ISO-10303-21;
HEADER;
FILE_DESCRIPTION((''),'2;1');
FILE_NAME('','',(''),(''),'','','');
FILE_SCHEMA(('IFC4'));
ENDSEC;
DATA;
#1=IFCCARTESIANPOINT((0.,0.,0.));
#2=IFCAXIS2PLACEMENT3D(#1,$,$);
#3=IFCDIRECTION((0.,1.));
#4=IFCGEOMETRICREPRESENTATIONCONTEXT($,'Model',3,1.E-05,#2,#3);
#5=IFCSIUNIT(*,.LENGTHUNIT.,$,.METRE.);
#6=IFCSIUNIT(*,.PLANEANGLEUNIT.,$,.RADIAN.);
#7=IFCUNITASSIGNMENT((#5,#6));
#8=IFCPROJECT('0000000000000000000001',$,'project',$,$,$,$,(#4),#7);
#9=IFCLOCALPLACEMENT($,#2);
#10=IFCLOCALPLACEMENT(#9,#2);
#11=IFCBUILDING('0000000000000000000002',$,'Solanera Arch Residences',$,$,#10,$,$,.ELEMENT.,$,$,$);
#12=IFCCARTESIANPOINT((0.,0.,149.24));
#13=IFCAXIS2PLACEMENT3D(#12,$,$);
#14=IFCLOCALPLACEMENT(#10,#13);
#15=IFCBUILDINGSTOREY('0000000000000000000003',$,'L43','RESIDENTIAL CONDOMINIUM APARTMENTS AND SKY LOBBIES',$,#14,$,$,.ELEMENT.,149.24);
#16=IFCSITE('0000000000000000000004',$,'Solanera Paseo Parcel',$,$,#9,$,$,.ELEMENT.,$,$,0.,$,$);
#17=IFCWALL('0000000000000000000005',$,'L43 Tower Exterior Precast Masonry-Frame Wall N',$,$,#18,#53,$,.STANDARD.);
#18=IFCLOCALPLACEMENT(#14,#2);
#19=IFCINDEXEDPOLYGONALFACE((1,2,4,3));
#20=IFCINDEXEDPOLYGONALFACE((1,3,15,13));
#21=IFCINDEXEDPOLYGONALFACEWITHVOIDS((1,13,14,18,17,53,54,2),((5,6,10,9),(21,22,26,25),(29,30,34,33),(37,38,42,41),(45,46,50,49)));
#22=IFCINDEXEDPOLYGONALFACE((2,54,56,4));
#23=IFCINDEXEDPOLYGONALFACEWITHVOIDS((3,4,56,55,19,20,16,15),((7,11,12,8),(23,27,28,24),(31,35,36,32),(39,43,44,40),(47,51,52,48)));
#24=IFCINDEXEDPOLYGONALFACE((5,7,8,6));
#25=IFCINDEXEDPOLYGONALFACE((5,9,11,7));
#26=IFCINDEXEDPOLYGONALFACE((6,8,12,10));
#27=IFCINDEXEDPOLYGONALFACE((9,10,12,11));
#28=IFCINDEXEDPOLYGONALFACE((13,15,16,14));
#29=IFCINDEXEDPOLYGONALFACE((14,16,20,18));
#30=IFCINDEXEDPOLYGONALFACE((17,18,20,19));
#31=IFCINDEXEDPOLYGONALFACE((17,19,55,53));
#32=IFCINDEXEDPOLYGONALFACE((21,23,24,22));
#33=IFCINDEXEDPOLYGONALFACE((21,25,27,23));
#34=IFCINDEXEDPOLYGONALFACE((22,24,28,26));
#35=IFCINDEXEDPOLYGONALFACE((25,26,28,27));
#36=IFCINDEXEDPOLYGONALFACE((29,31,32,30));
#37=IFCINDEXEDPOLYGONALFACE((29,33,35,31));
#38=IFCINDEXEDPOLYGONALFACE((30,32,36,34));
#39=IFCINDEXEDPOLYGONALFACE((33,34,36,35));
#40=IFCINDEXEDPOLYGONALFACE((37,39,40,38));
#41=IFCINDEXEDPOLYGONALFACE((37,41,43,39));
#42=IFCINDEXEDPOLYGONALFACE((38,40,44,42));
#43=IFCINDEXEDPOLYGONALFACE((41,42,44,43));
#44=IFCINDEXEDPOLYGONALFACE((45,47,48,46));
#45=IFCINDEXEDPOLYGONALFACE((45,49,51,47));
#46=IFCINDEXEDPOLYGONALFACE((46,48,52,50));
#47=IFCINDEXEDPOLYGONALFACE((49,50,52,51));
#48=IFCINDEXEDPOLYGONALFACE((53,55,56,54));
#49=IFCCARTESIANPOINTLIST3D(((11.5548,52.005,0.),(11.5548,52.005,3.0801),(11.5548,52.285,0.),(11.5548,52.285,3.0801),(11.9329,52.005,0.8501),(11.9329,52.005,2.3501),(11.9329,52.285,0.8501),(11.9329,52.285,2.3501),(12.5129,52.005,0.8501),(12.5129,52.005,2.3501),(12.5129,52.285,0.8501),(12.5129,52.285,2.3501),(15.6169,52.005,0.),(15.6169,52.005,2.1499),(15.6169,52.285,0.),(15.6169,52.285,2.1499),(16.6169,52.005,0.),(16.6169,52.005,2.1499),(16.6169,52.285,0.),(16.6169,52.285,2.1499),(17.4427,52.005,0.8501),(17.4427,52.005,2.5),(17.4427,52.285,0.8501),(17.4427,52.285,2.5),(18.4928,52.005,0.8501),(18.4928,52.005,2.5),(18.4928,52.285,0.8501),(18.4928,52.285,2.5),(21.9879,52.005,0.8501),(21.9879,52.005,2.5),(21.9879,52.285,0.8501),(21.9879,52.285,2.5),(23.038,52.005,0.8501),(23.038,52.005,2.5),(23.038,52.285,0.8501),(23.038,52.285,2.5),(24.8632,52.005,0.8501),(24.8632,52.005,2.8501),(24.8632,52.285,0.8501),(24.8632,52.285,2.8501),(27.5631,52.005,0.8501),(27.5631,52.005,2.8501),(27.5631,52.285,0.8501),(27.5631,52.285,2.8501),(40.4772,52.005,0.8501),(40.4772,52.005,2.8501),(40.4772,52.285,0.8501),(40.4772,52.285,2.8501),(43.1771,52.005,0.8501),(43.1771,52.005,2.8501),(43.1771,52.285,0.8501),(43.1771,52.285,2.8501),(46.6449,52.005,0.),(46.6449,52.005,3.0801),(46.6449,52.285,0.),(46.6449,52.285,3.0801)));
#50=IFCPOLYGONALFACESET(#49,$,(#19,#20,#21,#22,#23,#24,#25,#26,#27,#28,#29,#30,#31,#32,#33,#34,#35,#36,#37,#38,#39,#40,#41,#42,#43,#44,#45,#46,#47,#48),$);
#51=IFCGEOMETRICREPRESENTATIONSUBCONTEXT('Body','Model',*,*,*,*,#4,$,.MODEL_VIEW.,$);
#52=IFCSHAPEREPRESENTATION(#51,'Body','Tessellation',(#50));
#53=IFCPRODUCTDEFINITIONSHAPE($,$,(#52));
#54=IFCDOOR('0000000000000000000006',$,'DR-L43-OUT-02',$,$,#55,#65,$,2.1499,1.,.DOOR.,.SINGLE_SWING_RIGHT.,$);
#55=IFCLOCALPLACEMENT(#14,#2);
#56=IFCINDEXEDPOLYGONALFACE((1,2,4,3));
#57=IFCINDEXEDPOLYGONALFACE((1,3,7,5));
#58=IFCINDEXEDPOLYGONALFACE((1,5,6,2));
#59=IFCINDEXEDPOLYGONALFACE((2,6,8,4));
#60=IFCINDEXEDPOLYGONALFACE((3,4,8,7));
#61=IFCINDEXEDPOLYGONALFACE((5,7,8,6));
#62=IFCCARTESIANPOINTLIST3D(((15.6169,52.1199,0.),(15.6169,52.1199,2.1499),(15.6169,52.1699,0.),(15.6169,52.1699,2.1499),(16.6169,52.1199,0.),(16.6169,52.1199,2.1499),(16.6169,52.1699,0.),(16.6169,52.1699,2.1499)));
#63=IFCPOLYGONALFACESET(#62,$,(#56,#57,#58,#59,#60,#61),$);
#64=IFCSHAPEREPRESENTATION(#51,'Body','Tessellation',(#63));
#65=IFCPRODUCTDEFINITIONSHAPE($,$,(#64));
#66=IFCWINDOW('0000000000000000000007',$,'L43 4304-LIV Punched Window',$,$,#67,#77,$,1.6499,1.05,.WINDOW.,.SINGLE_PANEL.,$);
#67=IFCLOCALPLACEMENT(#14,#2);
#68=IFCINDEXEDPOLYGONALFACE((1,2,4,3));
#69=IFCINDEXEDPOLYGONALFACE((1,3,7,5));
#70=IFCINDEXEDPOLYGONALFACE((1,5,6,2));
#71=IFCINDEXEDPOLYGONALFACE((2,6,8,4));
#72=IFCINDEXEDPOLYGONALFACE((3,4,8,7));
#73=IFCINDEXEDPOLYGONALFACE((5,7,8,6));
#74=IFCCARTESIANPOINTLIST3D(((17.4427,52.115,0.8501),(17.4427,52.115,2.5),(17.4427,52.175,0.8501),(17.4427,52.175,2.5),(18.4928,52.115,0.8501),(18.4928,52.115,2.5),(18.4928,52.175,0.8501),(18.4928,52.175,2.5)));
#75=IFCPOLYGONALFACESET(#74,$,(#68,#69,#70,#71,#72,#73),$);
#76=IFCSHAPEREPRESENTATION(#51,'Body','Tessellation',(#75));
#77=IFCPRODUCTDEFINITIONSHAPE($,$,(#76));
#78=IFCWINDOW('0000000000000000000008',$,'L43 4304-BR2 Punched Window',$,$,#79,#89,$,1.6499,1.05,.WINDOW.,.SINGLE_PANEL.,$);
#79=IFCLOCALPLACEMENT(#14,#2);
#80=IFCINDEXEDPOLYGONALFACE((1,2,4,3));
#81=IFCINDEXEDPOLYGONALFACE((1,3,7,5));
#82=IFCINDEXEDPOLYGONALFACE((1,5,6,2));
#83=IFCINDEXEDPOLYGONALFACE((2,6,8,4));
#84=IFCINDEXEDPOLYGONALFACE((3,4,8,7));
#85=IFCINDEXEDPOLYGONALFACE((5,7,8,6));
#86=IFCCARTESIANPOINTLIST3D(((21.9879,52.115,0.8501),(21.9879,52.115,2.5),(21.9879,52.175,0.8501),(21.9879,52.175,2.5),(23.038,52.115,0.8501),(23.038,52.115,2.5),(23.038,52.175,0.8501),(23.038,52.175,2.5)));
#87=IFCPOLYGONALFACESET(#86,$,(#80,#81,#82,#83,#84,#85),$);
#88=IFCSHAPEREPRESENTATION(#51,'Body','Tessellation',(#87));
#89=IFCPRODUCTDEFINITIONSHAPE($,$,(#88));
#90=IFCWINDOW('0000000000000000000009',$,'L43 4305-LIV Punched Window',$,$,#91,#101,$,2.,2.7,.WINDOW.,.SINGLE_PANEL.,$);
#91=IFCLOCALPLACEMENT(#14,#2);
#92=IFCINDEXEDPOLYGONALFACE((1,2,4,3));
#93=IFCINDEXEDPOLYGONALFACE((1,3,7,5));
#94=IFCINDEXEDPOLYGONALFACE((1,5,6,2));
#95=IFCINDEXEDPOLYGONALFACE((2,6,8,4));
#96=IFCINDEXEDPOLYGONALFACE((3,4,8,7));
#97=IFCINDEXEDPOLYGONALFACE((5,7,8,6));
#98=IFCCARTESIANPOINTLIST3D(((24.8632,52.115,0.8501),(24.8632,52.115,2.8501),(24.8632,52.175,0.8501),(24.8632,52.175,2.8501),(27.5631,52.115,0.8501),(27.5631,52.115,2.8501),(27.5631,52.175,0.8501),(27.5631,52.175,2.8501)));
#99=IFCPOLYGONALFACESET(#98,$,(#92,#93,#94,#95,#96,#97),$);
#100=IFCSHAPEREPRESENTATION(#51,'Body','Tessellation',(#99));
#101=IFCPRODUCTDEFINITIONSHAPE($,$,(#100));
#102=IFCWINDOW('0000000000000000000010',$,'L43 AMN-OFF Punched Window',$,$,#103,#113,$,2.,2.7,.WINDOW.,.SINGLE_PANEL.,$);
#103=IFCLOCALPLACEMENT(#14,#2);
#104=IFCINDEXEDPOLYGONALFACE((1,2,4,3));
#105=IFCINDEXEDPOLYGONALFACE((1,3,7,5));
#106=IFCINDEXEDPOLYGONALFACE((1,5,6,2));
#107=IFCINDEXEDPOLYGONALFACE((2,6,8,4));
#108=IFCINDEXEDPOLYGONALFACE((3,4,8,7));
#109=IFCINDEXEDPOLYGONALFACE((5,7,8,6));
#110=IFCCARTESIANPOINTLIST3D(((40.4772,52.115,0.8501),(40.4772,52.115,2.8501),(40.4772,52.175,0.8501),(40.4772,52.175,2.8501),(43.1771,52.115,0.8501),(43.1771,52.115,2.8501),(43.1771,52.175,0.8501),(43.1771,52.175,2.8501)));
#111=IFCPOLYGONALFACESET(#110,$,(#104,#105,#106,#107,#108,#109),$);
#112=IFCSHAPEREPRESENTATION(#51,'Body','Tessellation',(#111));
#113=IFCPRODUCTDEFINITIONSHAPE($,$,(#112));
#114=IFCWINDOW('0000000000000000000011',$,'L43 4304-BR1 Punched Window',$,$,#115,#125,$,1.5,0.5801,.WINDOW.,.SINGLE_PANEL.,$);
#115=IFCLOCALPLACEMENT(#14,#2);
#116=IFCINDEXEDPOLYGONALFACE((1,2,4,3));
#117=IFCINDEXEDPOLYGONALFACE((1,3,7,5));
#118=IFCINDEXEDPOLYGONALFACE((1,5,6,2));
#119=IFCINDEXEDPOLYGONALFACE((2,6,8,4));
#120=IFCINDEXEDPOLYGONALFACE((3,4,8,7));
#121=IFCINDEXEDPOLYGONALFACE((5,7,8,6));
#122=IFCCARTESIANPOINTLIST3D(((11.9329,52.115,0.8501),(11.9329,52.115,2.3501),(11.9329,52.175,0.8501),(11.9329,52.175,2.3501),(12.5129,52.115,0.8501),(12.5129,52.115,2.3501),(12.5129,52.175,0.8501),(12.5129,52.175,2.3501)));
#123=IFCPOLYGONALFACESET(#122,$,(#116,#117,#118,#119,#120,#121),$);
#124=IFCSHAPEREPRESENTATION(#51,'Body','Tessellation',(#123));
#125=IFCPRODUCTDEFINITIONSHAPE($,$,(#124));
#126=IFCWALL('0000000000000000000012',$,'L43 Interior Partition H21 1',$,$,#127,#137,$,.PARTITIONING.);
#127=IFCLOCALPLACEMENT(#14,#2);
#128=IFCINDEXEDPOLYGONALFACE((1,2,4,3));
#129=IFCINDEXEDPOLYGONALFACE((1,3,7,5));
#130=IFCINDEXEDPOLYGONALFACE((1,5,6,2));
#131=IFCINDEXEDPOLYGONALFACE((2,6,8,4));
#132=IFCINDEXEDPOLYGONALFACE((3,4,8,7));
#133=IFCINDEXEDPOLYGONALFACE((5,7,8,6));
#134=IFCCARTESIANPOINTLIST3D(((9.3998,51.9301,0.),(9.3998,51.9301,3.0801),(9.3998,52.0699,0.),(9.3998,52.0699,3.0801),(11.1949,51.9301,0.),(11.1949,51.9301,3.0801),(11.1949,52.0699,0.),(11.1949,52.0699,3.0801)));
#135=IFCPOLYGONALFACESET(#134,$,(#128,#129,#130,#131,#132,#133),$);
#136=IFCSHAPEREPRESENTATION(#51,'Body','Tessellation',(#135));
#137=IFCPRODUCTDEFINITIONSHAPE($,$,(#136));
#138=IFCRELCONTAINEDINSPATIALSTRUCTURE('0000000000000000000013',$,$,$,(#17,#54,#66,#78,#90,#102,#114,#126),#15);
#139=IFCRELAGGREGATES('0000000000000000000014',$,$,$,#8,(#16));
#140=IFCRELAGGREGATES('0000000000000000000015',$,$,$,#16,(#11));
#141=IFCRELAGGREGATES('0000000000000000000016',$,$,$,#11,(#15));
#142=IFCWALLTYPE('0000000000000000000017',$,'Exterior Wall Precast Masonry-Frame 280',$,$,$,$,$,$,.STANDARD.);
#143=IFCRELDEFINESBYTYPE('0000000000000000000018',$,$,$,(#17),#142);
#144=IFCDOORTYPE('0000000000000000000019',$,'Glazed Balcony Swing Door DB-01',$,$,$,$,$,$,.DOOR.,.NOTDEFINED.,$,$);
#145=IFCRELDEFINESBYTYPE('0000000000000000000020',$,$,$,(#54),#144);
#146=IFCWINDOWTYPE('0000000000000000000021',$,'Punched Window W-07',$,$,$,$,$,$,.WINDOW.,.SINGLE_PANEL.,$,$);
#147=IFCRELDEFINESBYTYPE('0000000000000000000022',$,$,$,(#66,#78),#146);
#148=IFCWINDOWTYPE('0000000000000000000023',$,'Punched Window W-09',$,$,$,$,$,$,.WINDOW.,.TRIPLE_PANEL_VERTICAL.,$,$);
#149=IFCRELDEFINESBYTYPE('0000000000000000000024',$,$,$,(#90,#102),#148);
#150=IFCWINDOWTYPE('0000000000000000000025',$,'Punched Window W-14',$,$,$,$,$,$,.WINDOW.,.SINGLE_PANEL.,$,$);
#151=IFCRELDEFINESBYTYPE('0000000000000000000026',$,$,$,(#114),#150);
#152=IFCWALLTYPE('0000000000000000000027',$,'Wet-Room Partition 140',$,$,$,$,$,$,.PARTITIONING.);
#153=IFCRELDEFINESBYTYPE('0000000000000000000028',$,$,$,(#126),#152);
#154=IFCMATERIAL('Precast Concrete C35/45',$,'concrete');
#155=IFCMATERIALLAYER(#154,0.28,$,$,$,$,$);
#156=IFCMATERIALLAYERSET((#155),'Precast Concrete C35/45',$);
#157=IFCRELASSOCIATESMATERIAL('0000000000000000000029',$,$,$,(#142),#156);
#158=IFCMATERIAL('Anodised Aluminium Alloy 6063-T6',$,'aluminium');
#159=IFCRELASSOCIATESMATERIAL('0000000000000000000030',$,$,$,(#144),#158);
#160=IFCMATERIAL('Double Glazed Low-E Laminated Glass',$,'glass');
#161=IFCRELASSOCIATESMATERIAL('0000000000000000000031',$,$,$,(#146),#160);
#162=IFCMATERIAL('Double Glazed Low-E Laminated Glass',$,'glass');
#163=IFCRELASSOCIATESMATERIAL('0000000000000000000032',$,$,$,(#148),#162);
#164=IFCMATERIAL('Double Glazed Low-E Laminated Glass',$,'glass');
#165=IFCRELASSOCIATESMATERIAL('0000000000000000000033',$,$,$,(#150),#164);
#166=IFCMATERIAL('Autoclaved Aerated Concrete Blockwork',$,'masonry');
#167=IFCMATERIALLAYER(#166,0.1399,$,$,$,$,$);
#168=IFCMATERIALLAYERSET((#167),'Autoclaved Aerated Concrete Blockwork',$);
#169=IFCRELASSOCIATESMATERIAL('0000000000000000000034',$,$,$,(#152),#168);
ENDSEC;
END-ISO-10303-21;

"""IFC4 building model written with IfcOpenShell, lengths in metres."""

from ifc_helpers import new_model, si_unit, direction, frame, frame_2d, origin, place, context, subcontext, project, spatial, rectangle, extrude, material, layer, layer_set, type_object, element, fill, save


model = new_model("IFC4")

# Units and contexts
model_context = context("Model", 3, precision=1e-05, world=origin(), true_north=direction((0.0, 1.0)))
body_context = subcontext(model_context, "Body", "Model", "MODEL_VIEW")
ifc_project = project(units=[si_unit("LENGTHUNIT", "METRE"), si_unit("PLANEANGLEUNIT", "RADIAN")], contexts=[model_context])

# Site, building, storey
site_placement = place(None, origin())
site = spatial("IfcSite", under=ifc_project, at=site_placement, Name="Solanera Paseo Parcel", CompositionType="ELEMENT", RefElevation=0.0)
building_placement = place(site_placement, origin())
building = spatial("IfcBuilding", under=site, at=building_placement, Name="Solanera Arch Residences", CompositionType="ELEMENT")
storey_placement = place(building_placement, frame((0.0, 0.0, 149.24)))
storey = spatial("IfcBuildingStorey", under=building, at=storey_placement, Name="L43", Description="RESIDENTIAL CONDOMINIUM APARTMENTS AND SKY LOBBIES", CompositionType="ELEMENT", Elevation=149.24)

# Shared definitions
ifc_material_1 = material(Name="Precast Concrete C35/45", Category="concrete")
ifc_layer_1 = layer(ifc_material_1, 0.28)
ifc_layer_set_1 = layer_set([ifc_layer_1], Name="Precast Concrete C35/45")
wall_type_1 = type_object("IfcWallType", Name="Exterior Wall Precast Masonry-Frame 280", PredefinedType="STANDARD", material=ifc_layer_set_1)

# Wall, openings, door, windows
wall_1_placement = place(storey_placement, frame((11.5549, 52.145, 0.0), z_axis=(0.0, 0.0, 1.0), x_axis=(1.0, 0.0, 0.0)))
wall_1 = element("IfcWall", 1, at=wall_1_placement, inside=storey, type_object=wall_type_1, Name="L43 Tower Exterior Precast Masonry-Frame Wall N", PredefinedType="STANDARD", context=body_context, shape_type="SweptSolid", body=[
    extrude(rectangle(XDim=35.0901, YDim=0.28, at=frame_2d((17.5449, 0.0))), origin(), (0.0, 0.0, 1.0), 3.0801),
])
opening_1_placement = place(wall_1_placement, frame((4.062, 0.0, 0.0)))
opening_1 = element("IfcOpeningElement", 2, at=opening_1_placement, cuts=wall_1, PredefinedType="OPENING", context=body_context, shape_type="SweptSolid", body=[
    extrude(rectangle(XDim=1.0, YDim=2.1499, at=frame_2d((0.5, 1.075))), frame((0.0, 0.1499, 0.0), z_axis=(0.0, -1.0, 0.0), x_axis=(1.0, 0.0, 0.0)), (0.0, 0.0, 1.0), 0.3),
])
opening_2_placement = place(wall_1_placement, frame((5.8879, 0.0, 0.8501)))
opening_2 = element("IfcOpeningElement", 3, at=opening_2_placement, cuts=wall_1, PredefinedType="OPENING", context=body_context, shape_type="SweptSolid", body=[
    extrude(rectangle(XDim=1.05, YDim=1.6499, at=frame_2d((0.5249, 0.825))), frame((0.0, 0.1499, 0.0), z_axis=(0.0, -1.0, 0.0), x_axis=(1.0, 0.0, 0.0)), (0.0, 0.0, 1.0), 0.3),
])
opening_3_placement = place(wall_1_placement, frame((0.3779, 0.0, 0.8501)))
opening_3 = element("IfcOpeningElement", 4, at=opening_3_placement, cuts=wall_1, PredefinedType="OPENING", context=body_context, shape_type="SweptSolid", body=[
    extrude(rectangle(XDim=0.5801, YDim=1.5, at=frame_2d((0.29, 0.75))), frame((0.0, 0.1499, 0.0), z_axis=(0.0, -1.0, 0.0), x_axis=(1.0, 0.0, 0.0)), (0.0, 0.0, 1.0), 0.3),
])
opening_4_placement = place(wall_1_placement, frame((10.4331, 0.0, 0.8501)))
opening_4 = element("IfcOpeningElement", 5, at=opening_4_placement, cuts=wall_1, PredefinedType="OPENING", context=body_context, shape_type="SweptSolid", body=[
    extrude(rectangle(XDim=1.05, YDim=1.6499, at=frame_2d((0.5249, 0.825))), frame((0.0, 0.1499, 0.0), z_axis=(0.0, -1.0, 0.0), x_axis=(1.0, 0.0, 0.0)), (0.0, 0.0, 1.0), 0.3),
])
opening_5_placement = place(wall_1_placement, frame((13.3081, 0.0, 0.8501)))
opening_5 = element("IfcOpeningElement", 6, at=opening_5_placement, cuts=wall_1, PredefinedType="OPENING", context=body_context, shape_type="SweptSolid", body=[
    extrude(rectangle(XDim=2.7, YDim=2.0, at=frame_2d((1.3501, 1.0))), frame((0.0, 0.1499, 0.0), z_axis=(0.0, -1.0, 0.0), x_axis=(1.0, 0.0, 0.0)), (0.0, 0.0, 1.0), 0.3),
])
opening_6_placement = place(wall_1_placement, frame((28.9221, 0.0, 0.8501)))
opening_6 = element("IfcOpeningElement", 7, at=opening_6_placement, cuts=wall_1, PredefinedType="OPENING", context=body_context, shape_type="SweptSolid", body=[
    extrude(rectangle(XDim=2.7, YDim=2.0, at=frame_2d((1.3501, 1.0))), frame((0.0, 0.1499, 0.0), z_axis=(0.0, -1.0, 0.0), x_axis=(1.0, 0.0, 0.0)), (0.0, 0.0, 1.0), 0.3),
])
ifc_material_2 = material(Name="Anodised Aluminium Alloy 6063-T6", Category="aluminium")
door_type = type_object("IfcDoorType", Name="Glazed Balcony Swing Door DB-01", OperationType="NOTDEFINED", PredefinedType="DOOR", material=ifc_material_2)
door_placement = place(opening_1_placement, origin())
door = element("IfcDoor", 8, at=door_placement, inside=storey, type_object=door_type, Name="DR-L43-OUT-02", OperationType="SINGLE_SWING_RIGHT", OverallHeight=2.1499, OverallWidth=1.0, PredefinedType="DOOR", context=body_context, shape_type="SweptSolid", body=[
    extrude(rectangle(XDim=1.0, YDim=2.1499, at=frame_2d((0.5, 1.075))), frame((0.0, 0.0249, 0.0), z_axis=(0.0, -1.0, 0.0), x_axis=(1.0, 0.0, 0.0)), (0.0, 0.0, 1.0), 0.05),
])
fill(opening_1, door)
ifc_material_3 = material(Name="Double Glazed Low-E Laminated Glass", Category="glass")
window_type_1 = type_object("IfcWindowType", Name="Punched Window W-07", PartitioningType="SINGLE_PANEL", PredefinedType="WINDOW", material=ifc_material_3)
window_1_placement = place(opening_2_placement, origin())
window_1 = element("IfcWindow", 9, at=window_1_placement, inside=storey, type_object=window_type_1, Name="L43 4304-LIV Punched Window", OverallHeight=1.6499, OverallWidth=1.05, PartitioningType="SINGLE_PANEL", PredefinedType="WINDOW", context=body_context, shape_type="SweptSolid", body=[
    extrude(rectangle(XDim=1.05, YDim=1.6499, at=frame_2d((0.5249, 0.825))), frame((0.0, 0.03, 0.0), z_axis=(0.0, -1.0, 0.0), x_axis=(1.0, 0.0, 0.0)), (0.0, 0.0, 1.0), 0.0601),
])
fill(opening_2, window_1)
window_2_placement = place(opening_4_placement, origin())
window_2 = element("IfcWindow", 10, at=window_2_placement, inside=storey, type_object=window_type_1, Name="L43 4304-BR2 Punched Window", OverallHeight=1.6499, OverallWidth=1.05, PartitioningType="SINGLE_PANEL", PredefinedType="WINDOW", context=body_context, shape_type="SweptSolid", body=[
    extrude(rectangle(XDim=1.05, YDim=1.6499, at=frame_2d((0.5249, 0.825))), frame((0.0, 0.03, 0.0), z_axis=(0.0, -1.0, 0.0), x_axis=(1.0, 0.0, 0.0)), (0.0, 0.0, 1.0), 0.0601),
])
fill(opening_4, window_2)
ifc_material_4 = material(Name="Double Glazed Low-E Laminated Glass", Category="glass")
window_type_2 = type_object("IfcWindowType", Name="Punched Window W-09", PartitioningType="TRIPLE_PANEL_VERTICAL", PredefinedType="WINDOW", material=ifc_material_4)
window_3_placement = place(opening_5_placement, origin())
window_3 = element("IfcWindow", 11, at=window_3_placement, inside=storey, type_object=window_type_2, Name="L43 4305-LIV Punched Window", OverallHeight=2.0, OverallWidth=2.7, PartitioningType="SINGLE_PANEL", PredefinedType="WINDOW", context=body_context, shape_type="SweptSolid", body=[
    extrude(rectangle(XDim=2.7, YDim=2.0, at=frame_2d((1.3501, 1.0))), frame((0.0, 0.03, 0.0), z_axis=(0.0, -1.0, 0.0), x_axis=(1.0, 0.0, 0.0)), (0.0, 0.0, 1.0), 0.0601),
])
fill(opening_5, window_3)
window_4_placement = place(opening_6_placement, origin())
window_4 = element("IfcWindow", 12, at=window_4_placement, inside=storey, type_object=window_type_2, Name="L43 AMN-OFF Punched Window", OverallHeight=2.0, OverallWidth=2.7, PartitioningType="SINGLE_PANEL", PredefinedType="WINDOW", context=body_context, shape_type="SweptSolid", body=[
    extrude(rectangle(XDim=2.7, YDim=2.0, at=frame_2d((1.3501, 1.0))), frame((0.0, 0.03, 0.0), z_axis=(0.0, -1.0, 0.0), x_axis=(1.0, 0.0, 0.0)), (0.0, 0.0, 1.0), 0.0601),
])
fill(opening_6, window_4)
ifc_material_5 = material(Name="Double Glazed Low-E Laminated Glass", Category="glass")
window_type_3 = type_object("IfcWindowType", Name="Punched Window W-14", PartitioningType="SINGLE_PANEL", PredefinedType="WINDOW", material=ifc_material_5)
window_5_placement = place(opening_3_placement, origin())
window_5 = element("IfcWindow", 13, at=window_5_placement, inside=storey, type_object=window_type_3, Name="L43 4304-BR1 Punched Window", OverallHeight=1.5, OverallWidth=0.5801, PartitioningType="SINGLE_PANEL", PredefinedType="WINDOW", context=body_context, shape_type="SweptSolid", body=[
    extrude(rectangle(XDim=0.5801, YDim=1.5, at=frame_2d((0.29, 0.75))), frame((0.0, 0.03, 0.0), z_axis=(0.0, -1.0, 0.0), x_axis=(1.0, 0.0, 0.0)), (0.0, 0.0, 1.0), 0.0601),
])
fill(opening_3, window_5)

# Wall
ifc_material_6 = material(Name="Autoclaved Aerated Concrete Blockwork", Category="masonry")
ifc_layer_2 = layer(ifc_material_6, 0.1399)
ifc_layer_set_2 = layer_set([ifc_layer_2], Name="Autoclaved Aerated Concrete Blockwork")
wall_type_2 = type_object("IfcWallType", Name="Wet-Room Partition 140", PredefinedType="PARTITIONING", material=ifc_layer_set_2)
wall_2_placement = place(storey_placement, frame((9.3999, 52.0, 0.0), z_axis=(0.0, 0.0, 1.0), x_axis=(1.0, 0.0, 0.0)))
element("IfcWall", 14, at=wall_2_placement, inside=storey, type_object=wall_type_2, Name="L43 Interior Partition H21 1", PredefinedType="PARTITIONING", context=body_context, shape_type="SweptSolid", body=[
    extrude(rectangle(XDim=1.7952, YDim=0.1399, at=frame_2d((0.8975, 0.0))), origin(), (0.0, 0.0, 1.0), 3.0801),
])

save(model, "model.ifc")
